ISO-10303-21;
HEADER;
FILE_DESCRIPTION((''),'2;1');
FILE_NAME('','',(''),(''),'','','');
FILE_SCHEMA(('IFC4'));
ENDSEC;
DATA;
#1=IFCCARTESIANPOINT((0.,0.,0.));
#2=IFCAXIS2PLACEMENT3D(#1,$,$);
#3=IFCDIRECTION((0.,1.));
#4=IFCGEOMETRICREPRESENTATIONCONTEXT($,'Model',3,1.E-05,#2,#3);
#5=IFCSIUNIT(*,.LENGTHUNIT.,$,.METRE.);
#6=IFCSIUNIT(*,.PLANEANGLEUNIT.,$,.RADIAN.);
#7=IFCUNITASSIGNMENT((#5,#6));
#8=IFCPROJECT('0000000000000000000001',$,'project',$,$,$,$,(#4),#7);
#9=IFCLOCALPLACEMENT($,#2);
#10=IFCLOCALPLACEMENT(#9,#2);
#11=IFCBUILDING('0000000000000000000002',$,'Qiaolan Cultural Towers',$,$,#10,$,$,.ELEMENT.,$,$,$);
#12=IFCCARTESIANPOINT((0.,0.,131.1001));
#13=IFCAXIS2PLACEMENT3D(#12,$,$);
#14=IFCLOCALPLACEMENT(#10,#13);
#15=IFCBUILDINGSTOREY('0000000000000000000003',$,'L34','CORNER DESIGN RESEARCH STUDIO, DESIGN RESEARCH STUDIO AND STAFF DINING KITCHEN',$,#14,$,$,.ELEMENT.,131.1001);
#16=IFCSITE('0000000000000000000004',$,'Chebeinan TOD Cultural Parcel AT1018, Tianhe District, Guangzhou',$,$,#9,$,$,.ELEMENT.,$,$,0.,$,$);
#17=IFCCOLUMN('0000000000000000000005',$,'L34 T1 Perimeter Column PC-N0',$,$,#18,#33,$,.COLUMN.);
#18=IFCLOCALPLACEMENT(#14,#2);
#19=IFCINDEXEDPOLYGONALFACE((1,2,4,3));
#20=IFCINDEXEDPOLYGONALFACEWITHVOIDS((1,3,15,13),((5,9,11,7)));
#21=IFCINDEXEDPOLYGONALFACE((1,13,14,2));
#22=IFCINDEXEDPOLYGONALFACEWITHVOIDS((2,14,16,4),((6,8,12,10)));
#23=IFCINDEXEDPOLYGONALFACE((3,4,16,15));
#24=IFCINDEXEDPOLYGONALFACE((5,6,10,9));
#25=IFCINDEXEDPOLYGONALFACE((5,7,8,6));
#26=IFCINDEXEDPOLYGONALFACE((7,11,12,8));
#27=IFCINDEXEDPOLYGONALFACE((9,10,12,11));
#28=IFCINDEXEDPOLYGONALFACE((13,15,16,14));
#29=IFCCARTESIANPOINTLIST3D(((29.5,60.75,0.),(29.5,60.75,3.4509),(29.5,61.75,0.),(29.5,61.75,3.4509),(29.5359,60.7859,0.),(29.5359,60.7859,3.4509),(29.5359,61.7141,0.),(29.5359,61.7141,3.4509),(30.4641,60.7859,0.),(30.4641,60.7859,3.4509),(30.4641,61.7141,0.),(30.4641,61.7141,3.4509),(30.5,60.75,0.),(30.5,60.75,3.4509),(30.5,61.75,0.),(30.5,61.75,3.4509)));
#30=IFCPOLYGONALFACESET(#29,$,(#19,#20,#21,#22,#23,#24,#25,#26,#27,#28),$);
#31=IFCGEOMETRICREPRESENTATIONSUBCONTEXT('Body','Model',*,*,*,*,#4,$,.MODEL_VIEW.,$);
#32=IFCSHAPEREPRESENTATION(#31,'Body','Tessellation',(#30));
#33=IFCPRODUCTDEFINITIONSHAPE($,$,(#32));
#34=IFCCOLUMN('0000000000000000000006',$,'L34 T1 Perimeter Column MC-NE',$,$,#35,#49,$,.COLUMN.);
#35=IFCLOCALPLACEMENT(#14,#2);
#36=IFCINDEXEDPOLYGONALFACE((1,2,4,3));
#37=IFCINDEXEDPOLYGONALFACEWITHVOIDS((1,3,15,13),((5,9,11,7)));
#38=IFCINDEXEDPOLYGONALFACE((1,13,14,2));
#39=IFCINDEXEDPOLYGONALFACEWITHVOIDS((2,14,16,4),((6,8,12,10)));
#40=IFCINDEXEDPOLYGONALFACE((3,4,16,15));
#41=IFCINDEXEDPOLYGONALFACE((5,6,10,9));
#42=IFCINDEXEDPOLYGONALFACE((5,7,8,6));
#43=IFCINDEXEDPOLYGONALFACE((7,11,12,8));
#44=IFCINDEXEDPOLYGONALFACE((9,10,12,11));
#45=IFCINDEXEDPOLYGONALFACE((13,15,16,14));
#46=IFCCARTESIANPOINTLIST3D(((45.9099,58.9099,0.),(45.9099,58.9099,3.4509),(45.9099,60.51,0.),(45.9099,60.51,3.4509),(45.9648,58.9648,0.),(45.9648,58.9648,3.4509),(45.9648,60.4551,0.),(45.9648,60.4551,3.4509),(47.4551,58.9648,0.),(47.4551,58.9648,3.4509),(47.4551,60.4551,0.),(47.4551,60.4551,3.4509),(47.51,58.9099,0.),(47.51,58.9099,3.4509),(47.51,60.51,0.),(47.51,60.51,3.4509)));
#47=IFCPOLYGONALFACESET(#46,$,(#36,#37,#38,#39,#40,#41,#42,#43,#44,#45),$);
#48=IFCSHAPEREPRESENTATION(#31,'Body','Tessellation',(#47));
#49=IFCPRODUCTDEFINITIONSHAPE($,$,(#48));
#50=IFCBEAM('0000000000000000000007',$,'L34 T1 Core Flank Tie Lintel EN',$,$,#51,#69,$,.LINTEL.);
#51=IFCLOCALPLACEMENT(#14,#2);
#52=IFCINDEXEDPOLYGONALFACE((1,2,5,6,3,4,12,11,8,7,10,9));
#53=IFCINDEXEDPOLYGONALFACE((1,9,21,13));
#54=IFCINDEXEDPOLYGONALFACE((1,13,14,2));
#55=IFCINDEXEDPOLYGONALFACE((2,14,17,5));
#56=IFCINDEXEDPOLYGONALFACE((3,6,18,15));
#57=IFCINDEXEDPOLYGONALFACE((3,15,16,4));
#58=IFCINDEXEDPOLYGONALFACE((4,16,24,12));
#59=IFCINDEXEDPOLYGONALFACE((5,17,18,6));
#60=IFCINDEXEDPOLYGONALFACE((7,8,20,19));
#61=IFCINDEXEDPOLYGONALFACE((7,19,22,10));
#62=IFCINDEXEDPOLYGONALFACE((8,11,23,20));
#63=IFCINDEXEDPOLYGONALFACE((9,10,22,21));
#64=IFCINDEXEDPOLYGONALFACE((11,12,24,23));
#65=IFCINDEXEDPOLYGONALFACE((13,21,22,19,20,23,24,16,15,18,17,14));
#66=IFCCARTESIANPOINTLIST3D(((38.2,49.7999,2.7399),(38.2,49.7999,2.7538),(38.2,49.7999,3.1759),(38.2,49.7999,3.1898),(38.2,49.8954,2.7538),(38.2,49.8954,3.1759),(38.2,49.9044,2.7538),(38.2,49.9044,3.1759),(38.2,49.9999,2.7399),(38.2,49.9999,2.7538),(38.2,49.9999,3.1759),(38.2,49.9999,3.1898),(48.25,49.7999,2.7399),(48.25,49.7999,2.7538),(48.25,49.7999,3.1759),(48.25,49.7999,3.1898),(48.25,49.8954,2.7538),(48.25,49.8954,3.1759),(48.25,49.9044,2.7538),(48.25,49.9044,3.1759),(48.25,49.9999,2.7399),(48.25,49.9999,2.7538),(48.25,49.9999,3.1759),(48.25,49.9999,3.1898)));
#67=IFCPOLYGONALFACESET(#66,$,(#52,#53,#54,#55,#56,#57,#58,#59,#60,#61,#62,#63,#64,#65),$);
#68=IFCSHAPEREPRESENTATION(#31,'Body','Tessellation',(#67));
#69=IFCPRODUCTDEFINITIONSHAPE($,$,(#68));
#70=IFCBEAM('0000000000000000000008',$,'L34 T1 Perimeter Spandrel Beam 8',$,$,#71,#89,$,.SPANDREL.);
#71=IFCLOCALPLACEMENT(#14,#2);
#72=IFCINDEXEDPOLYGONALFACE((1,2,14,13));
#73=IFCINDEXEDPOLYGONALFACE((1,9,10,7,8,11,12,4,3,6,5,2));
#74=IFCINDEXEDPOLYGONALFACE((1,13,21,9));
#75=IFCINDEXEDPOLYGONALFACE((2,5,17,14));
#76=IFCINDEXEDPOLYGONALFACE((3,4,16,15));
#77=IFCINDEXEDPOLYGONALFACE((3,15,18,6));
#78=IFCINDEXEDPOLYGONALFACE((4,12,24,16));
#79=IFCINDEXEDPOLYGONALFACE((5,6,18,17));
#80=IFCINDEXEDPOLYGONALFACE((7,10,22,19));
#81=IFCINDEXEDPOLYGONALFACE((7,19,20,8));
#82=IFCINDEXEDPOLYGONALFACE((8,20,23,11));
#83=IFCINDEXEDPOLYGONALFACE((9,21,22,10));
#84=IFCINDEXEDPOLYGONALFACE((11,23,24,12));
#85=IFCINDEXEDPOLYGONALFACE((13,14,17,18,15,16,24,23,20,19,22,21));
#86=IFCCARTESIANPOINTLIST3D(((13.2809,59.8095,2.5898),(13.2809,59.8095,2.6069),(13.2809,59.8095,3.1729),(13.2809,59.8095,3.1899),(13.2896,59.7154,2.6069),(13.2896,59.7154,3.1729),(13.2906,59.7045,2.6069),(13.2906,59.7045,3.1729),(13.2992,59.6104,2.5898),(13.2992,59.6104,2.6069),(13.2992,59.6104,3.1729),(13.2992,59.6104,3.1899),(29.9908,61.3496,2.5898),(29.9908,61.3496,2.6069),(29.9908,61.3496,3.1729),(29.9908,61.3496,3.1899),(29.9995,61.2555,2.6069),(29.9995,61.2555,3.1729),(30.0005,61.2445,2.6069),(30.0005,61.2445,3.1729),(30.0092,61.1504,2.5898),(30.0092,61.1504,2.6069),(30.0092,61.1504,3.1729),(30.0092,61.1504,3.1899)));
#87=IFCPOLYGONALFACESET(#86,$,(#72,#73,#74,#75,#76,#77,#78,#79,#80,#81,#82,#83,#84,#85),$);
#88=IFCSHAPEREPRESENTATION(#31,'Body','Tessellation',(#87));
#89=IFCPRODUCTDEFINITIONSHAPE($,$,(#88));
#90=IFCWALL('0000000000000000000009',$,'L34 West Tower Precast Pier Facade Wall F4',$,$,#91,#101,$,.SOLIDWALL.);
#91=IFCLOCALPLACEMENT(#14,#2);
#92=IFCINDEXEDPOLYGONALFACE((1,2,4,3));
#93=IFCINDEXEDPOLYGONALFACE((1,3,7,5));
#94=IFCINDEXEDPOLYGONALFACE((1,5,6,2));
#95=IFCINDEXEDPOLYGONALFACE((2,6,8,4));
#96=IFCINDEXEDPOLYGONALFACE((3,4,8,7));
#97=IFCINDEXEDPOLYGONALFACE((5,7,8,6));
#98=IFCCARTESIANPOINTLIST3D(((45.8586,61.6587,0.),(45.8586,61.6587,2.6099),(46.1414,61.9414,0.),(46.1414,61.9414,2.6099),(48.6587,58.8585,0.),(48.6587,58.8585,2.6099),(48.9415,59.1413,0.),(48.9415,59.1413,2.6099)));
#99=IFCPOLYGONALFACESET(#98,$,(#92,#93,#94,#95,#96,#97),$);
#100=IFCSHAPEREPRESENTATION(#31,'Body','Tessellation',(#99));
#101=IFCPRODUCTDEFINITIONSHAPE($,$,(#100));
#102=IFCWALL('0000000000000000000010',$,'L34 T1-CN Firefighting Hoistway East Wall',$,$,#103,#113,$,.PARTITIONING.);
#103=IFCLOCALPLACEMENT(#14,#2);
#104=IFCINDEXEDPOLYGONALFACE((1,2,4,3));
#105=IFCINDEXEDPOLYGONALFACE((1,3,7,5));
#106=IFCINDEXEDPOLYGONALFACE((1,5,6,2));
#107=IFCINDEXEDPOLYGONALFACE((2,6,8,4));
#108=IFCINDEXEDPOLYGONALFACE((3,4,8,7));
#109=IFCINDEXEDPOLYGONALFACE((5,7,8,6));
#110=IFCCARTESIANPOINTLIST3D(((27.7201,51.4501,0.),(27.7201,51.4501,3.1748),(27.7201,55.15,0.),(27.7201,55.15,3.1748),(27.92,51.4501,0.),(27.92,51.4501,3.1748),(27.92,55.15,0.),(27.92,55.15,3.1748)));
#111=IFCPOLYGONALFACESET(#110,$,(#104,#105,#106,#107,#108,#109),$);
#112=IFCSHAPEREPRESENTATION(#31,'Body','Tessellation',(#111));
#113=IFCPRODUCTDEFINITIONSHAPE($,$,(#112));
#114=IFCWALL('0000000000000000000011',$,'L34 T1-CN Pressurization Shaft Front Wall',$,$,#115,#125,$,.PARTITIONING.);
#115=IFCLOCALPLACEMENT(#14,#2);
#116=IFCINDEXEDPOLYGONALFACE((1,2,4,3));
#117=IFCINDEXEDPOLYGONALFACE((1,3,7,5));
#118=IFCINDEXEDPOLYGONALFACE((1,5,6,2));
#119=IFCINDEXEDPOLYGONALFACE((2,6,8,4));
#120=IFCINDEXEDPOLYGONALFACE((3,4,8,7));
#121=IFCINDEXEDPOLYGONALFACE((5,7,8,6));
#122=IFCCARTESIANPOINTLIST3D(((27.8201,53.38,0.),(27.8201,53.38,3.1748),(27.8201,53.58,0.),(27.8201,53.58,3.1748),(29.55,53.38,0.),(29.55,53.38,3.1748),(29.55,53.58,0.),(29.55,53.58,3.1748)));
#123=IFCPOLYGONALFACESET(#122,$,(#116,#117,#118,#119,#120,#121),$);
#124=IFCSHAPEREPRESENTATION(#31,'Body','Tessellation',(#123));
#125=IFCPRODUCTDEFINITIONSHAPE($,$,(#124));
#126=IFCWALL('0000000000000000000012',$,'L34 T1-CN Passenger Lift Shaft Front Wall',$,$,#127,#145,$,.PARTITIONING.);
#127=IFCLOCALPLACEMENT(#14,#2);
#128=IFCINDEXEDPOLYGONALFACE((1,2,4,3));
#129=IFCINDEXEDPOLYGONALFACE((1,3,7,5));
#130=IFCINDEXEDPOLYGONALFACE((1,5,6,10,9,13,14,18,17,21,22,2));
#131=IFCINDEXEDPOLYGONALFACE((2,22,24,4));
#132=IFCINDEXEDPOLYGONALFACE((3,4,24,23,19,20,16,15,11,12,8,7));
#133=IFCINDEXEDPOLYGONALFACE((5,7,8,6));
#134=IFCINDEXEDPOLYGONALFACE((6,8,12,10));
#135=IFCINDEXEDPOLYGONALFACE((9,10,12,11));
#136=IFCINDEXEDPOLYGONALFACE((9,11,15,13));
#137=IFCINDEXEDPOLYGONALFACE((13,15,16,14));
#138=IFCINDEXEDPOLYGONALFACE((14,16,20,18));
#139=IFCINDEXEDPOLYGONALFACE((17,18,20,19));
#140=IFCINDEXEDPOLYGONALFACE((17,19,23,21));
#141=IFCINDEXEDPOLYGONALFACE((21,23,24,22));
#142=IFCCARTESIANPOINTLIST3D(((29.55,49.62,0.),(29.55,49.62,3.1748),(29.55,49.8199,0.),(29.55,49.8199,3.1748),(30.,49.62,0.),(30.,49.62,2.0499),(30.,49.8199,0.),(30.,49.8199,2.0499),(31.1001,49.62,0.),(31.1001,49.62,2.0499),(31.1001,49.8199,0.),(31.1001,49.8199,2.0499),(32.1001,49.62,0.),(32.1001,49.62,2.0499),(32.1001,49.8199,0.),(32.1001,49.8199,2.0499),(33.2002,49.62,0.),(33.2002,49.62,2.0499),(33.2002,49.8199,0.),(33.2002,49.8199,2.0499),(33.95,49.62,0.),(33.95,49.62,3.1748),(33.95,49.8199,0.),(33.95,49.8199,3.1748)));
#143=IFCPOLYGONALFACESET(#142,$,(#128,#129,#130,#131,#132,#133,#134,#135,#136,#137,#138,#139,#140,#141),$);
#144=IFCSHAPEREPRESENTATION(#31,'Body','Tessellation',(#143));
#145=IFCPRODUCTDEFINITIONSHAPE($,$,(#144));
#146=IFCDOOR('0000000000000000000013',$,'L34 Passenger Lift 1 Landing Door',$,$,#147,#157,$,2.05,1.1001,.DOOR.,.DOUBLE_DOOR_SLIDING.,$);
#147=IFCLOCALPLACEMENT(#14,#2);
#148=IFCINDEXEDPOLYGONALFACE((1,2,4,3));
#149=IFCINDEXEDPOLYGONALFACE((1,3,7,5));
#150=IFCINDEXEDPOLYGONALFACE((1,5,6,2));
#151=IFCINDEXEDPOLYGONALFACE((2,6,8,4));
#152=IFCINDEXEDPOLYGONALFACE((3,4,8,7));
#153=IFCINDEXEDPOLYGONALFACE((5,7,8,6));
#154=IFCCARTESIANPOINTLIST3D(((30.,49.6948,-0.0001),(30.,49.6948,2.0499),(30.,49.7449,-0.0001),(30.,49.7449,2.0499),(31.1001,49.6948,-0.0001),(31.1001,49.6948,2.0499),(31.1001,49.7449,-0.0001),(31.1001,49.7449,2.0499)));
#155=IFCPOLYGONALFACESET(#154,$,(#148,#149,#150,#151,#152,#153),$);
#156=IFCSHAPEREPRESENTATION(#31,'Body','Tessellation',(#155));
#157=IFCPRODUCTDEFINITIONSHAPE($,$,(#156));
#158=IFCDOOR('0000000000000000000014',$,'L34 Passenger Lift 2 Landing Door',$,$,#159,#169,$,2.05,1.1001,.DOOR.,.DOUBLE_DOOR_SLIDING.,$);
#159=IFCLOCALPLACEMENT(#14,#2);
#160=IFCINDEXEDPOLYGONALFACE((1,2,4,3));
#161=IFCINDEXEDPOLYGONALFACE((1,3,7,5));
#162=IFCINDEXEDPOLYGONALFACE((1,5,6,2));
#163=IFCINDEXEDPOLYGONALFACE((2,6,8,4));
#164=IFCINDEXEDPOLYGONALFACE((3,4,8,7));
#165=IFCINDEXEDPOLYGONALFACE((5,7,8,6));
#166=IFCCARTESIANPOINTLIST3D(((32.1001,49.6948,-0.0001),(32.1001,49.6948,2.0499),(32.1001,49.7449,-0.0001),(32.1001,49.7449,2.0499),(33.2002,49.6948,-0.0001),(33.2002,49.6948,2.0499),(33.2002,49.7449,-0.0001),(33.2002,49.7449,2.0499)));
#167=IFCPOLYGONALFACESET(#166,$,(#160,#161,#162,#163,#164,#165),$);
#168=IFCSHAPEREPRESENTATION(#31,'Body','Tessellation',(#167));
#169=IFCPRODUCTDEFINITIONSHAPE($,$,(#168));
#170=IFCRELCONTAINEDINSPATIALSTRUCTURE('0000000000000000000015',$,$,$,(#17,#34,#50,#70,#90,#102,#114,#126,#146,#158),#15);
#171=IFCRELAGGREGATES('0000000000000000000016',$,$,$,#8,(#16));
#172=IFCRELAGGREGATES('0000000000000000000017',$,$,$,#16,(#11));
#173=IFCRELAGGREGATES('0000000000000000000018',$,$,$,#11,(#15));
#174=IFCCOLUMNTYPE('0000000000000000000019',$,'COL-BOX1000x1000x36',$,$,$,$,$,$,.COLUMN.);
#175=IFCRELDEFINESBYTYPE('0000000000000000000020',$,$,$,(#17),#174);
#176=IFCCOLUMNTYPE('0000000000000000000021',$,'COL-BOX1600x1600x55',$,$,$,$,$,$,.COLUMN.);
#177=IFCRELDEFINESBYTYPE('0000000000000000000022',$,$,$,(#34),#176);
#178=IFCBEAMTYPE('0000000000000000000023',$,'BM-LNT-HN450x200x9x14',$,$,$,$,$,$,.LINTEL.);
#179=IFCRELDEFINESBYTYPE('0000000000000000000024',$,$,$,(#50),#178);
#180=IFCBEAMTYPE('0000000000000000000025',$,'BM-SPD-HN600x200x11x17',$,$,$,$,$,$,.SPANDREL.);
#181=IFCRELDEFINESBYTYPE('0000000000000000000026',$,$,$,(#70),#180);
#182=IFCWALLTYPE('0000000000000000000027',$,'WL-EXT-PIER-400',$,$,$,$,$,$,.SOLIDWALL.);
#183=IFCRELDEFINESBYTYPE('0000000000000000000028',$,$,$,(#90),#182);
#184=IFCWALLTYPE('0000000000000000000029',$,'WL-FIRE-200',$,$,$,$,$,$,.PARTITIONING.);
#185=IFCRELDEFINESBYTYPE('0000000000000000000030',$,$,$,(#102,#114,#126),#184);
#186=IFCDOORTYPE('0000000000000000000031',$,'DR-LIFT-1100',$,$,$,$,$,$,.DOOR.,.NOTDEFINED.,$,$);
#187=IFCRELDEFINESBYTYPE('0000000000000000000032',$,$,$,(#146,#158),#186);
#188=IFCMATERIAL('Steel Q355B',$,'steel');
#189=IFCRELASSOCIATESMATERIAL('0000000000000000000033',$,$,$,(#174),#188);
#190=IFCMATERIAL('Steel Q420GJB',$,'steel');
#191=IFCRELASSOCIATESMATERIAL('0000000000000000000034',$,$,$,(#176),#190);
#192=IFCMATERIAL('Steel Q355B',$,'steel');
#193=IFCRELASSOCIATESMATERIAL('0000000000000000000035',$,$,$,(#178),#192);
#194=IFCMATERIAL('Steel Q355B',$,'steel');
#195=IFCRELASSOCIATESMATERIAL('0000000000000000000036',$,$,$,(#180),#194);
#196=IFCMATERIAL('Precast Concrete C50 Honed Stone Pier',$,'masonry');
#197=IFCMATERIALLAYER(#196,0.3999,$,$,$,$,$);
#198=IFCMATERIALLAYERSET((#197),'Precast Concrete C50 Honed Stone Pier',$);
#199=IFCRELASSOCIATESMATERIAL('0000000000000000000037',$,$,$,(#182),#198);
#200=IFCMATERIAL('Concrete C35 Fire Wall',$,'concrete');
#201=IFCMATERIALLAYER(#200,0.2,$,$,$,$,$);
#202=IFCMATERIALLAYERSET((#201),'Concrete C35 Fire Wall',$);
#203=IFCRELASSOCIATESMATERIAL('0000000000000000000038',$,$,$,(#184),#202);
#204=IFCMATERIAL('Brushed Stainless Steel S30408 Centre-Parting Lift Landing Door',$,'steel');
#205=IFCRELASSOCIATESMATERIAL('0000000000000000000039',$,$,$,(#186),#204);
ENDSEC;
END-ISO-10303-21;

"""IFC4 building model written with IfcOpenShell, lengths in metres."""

from ifc_helpers import new_model, si_unit, direction, frame, frame_2d, origin, origin_2d, place, context, subcontext, project, spatial, rectangle, hollow_rectangle, i_section, extrude, material, layer, layer_set, material_profile, profile_set, type_object, element, fill, save


model = new_model("IFC4")

# Units and contexts
model_context = context("Model", 3, precision=1e-05, world=origin(), true_north=direction((0.0, 1.0)))
body_context = subcontext(model_context, "Body", "Model", "MODEL_VIEW")
ifc_project = project(units=[si_unit("LENGTHUNIT", "METRE"), si_unit("PLANEANGLEUNIT", "RADIAN")], contexts=[model_context])

# Site, building, storey
site_placement = place(None, origin())
site = spatial("IfcSite", under=ifc_project, at=site_placement, Name="Chebeinan TOD Cultural Parcel AT1018, Tianhe District, Guangzhou", CompositionType="ELEMENT", RefElevation=0.0)
building_placement = place(site_placement, origin())
building = spatial("IfcBuilding", under=site, at=building_placement, Name="Qiaolan Cultural Towers", CompositionType="ELEMENT")
storey_placement = place(building_placement, frame((0.0, 0.0, 131.1001)))
storey = spatial("IfcBuildingStorey", under=building, at=storey_placement, Name="L34", Description="CORNER DESIGN RESEARCH STUDIO, DESIGN RESEARCH STUDIO AND STAFF DINING KITCHEN", CompositionType="ELEMENT", Elevation=131.1001)

# Columns
ifc_material_1 = material(Name="Steel Q355B", Category="steel")
ifc_material_profile_1 = material_profile(ifc_material_1, hollow_rectangle(XDim=1.0, YDim=1.0, WallThickness=0.0359, at=origin_2d()), Name="BOX1000x1000x36")
ifc_profile_set_1 = profile_set([ifc_material_profile_1], Name="Steel Q355B")
column_type_1 = type_object("IfcColumnType", Name="COL-BOX1000x1000x36", PredefinedType="COLUMN", material=ifc_profile_set_1)
column_1_placement = place(storey_placement, frame((30.0, 61.25, 0.0), z_axis=(0.0, 0.0, 1.0), x_axis=(1.0, 0.0, 0.0)))
element("IfcColumn", 1, at=column_1_placement, inside=storey, type_object=column_type_1, Name="L34 T1 Perimeter Column PC-N0", PredefinedType="COLUMN", context=body_context, shape_type="SweptSolid", body=[
    extrude(hollow_rectangle(XDim=1.0, YDim=1.0, WallThickness=0.0359, at=origin_2d()), origin(), (0.0, 0.0, 1.0), 3.4509),
])
ifc_material_2 = material(Name="Steel Q420GJB", Category="steel")
ifc_material_profile_2 = material_profile(ifc_material_2, hollow_rectangle(XDim=1.6001, YDim=1.6001, WallThickness=0.0549, at=origin_2d()), Name="BOX1600x1600x55")
ifc_profile_set_2 = profile_set([ifc_material_profile_2], Name="Steel Q420GJB")
column_type_2 = type_object("IfcColumnType", Name="COL-BOX1600x1600x55", PredefinedType="COLUMN", material=ifc_profile_set_2)
column_2_placement = place(storey_placement, frame((46.71, 59.71, 0.0), z_axis=(0.0, 0.0, 1.0), x_axis=(1.0, 0.0, 0.0)))
element("IfcColumn", 2, at=column_2_placement, inside=storey, type_object=column_type_2, Name="L34 T1 Perimeter Column MC-NE", PredefinedType="COLUMN", context=body_context, shape_type="SweptSolid", body=[
    extrude(hollow_rectangle(XDim=1.6001, YDim=1.6001, WallThickness=0.0549, at=origin_2d()), origin(), (0.0, 0.0, 1.0), 3.4509),
])

# Beams
ifc_material_3 = material(Name="Steel Q355B", Category="steel")
ifc_material_profile_3 = material_profile(ifc_material_3, i_section(OverallWidth=0.2, OverallDepth=0.45, WebThickness=0.009, FlangeThickness=0.0139, at=origin_2d()), Name="HN450x200x9x14")
ifc_profile_set_3 = profile_set([ifc_material_profile_3], Name="Steel Q355B")
beam_type_1 = type_object("IfcBeamType", Name="BM-LNT-HN450x200x9x14", PredefinedType="LINTEL", material=ifc_profile_set_3)
beam_1_placement = place(storey_placement, frame((38.2, 49.8999, 2.9648), z_axis=(1.0, 0.0, 0.0), x_axis=(0.0, 1.0, 0.0)))
element("IfcBeam", 3, at=beam_1_placement, inside=storey, type_object=beam_type_1, Name="L34 T1 Core Flank Tie Lintel EN", PredefinedType="LINTEL", context=body_context, shape_type="SweptSolid", body=[
    extrude(i_section(OverallWidth=0.2, OverallDepth=0.45, WebThickness=0.009, FlangeThickness=0.0139, at=origin_2d()), origin(), (0.0, 0.0, 1.0), 10.05),
])
ifc_material_4 = material(Name="Steel Q355B", Category="steel")
ifc_material_profile_4 = material_profile(ifc_material_4, i_section(OverallWidth=0.2, OverallDepth=0.6001, WebThickness=0.011, FlangeThickness=0.0171, at=origin_2d()), Name="HN600x200x11x17")
ifc_profile_set_4 = profile_set([ifc_material_profile_4], Name="Steel Q355B")
beam_type_2 = type_object("IfcBeamType", Name="BM-SPD-HN600x200x11x17", PredefinedType="SPANDREL", material=ifc_profile_set_4)
beam_2_placement = place(storey_placement, frame((30.0, 61.25, 2.8899), z_axis=(-0.99578, -0.091774, 0.0), x_axis=(0.091774, -0.99578, 0.0)))
element("IfcBeam", 4, at=beam_2_placement, inside=storey, type_object=beam_type_2, Name="L34 T1 Perimeter Spandrel Beam 8", PredefinedType="SPANDREL", context=body_context, shape_type="SweptSolid", body=[
    extrude(i_section(OverallWidth=0.2, OverallDepth=0.6001, WebThickness=0.011, FlangeThickness=0.0171, at=origin_2d()), origin(), (0.0, 0.0, 1.0), 16.7808),
])

# Walls
ifc_material_5 = material(Name="Precast Concrete C50 Honed Stone Pier", Category="masonry")
ifc_layer_1 = layer(ifc_material_5, 0.3999)
ifc_layer_set_1 = layer_set([ifc_layer_1], Name="Precast Concrete C50 Honed Stone Pier")
wall_type_1 = type_object("IfcWallType", Name="WL-EXT-PIER-400", PredefinedType="SOLIDWALL", material=ifc_layer_set_1)
wall_1_placement = place(storey_placement, frame((46.0, 61.8, 0.0), z_axis=(0.0, 0.0, 1.0), x_axis=(0.707107, -0.707107, 0.0)))
element("IfcWall", 5, at=wall_1_placement, inside=storey, type_object=wall_type_1, Name="L34 West Tower Precast Pier Facade Wall F4", PredefinedType="SOLIDWALL", context=body_context, shape_type="SweptSolid", body=[
    extrude(rectangle(XDim=3.96, YDim=0.3999, at=frame_2d((1.98, 0.0))), origin(), (0.0, 0.0, 1.0), 2.6099),
])
ifc_material_6 = material(Name="Concrete C35 Fire Wall", Category="concrete")
ifc_layer_2 = layer(ifc_material_6, 0.2)
ifc_layer_set_2 = layer_set([ifc_layer_2], Name="Concrete C35 Fire Wall")
wall_type_2 = type_object("IfcWallType", Name="WL-FIRE-200", PredefinedType="PARTITIONING", material=ifc_layer_set_2)
wall_2_placement = place(storey_placement, frame((27.8201, 51.45, 0.0), z_axis=(0.0, 0.0, 1.0), x_axis=(0.0, 1.0, 0.0)))
element("IfcWall", 6, at=wall_2_placement, inside=storey, type_object=wall_type_2, Name="L34 T1-CN Firefighting Hoistway East Wall", PredefinedType="PARTITIONING", context=body_context, shape_type="SweptSolid", body=[
    extrude(rectangle(XDim=3.7, YDim=0.2, at=frame_2d((1.8501, 0.0))), origin(), (0.0, 0.0, 1.0), 3.1748),
])
wall_3_placement = place(storey_placement, frame((27.8201, 53.48, 0.0), z_axis=(0.0, 0.0, 1.0), x_axis=(1.0, 0.0, 0.0)))
element("IfcWall", 7, at=wall_3_placement, inside=storey, type_object=wall_type_2, Name="L34 T1-CN Pressurization Shaft Front Wall", PredefinedType="PARTITIONING", context=body_context, shape_type="SweptSolid", body=[
    extrude(rectangle(XDim=1.73, YDim=0.2, at=frame_2d((0.865, 0.0))), origin(), (0.0, 0.0, 1.0), 3.1748),
])

# Wall, openings, doors
wall_4_placement = place(storey_placement, frame((29.55, 49.72, 0.0), z_axis=(0.0, 0.0, 1.0), x_axis=(1.0, 0.0, 0.0)))
wall_4 = element("IfcWall", 8, at=wall_4_placement, inside=storey, type_object=wall_type_2, Name="L34 T1-CN Passenger Lift Shaft Front Wall", PredefinedType="PARTITIONING", context=body_context, shape_type="SweptSolid", body=[
    extrude(rectangle(XDim=4.3999, YDim=0.2, at=frame_2d((2.2, 0.0))), origin(), (0.0, 0.0, 1.0), 3.1748),
])
opening_1_placement = place(wall_4_placement, frame((0.45, 0.0, 0.0)))
opening_1 = element("IfcOpeningElement", 9, at=opening_1_placement, cuts=wall_4, PredefinedType="OPENING", context=body_context, shape_type="SweptSolid", body=[
    extrude(rectangle(XDim=1.1001, YDim=2.05, at=frame_2d((0.55, 1.0249))), frame((0.0, 0.1099, 0.0), z_axis=(0.0, -1.0, 0.0), x_axis=(1.0, 0.0, 0.0)), (0.0, 0.0, 1.0), 0.22),
])
opening_2_placement = place(wall_4_placement, frame((2.55, 0.0, 0.0)))
opening_2 = element("IfcOpeningElement", 10, at=opening_2_placement, cuts=wall_4, PredefinedType="OPENING", context=body_context, shape_type="SweptSolid", body=[
    extrude(rectangle(XDim=1.1001, YDim=2.05, at=frame_2d((0.55, 1.0249))), frame((0.0, 0.1099, 0.0), z_axis=(0.0, -1.0, 0.0), x_axis=(1.0, 0.0, 0.0)), (0.0, 0.0, 1.0), 0.22),
])
ifc_material_7 = material(Name="Brushed Stainless Steel S30408 Centre-Parting Lift Landing Door", Category="steel")
door_type = type_object("IfcDoorType", Name="DR-LIFT-1100", OperationType="NOTDEFINED", PredefinedType="DOOR", material=ifc_material_7)
door_1_placement = place(opening_1_placement, origin())
door_1 = element("IfcDoor", 11, at=door_1_placement, inside=storey, type_object=door_type, Name="L34 Passenger Lift 1 Landing Door", OperationType="DOUBLE_DOOR_SLIDING", OverallHeight=2.05, OverallWidth=1.1001, PredefinedType="DOOR", context=body_context, shape_type="SweptSolid", body=[
    extrude(rectangle(XDim=1.1001, YDim=2.05, at=frame_2d((0.55, 1.0249))), frame((0.0, 0.0249, 0.0), z_axis=(0.0, -1.0, 0.0), x_axis=(1.0, 0.0, 0.0)), (0.0, 0.0, 1.0), 0.05),
])
fill(opening_1, door_1)
door_2_placement = place(opening_2_placement, origin())
door_2 = element("IfcDoor", 12, at=door_2_placement, inside=storey, type_object=door_type, Name="L34 Passenger Lift 2 Landing Door", OperationType="DOUBLE_DOOR_SLIDING", OverallHeight=2.05, OverallWidth=1.1001, PredefinedType="DOOR", context=body_context, shape_type="SweptSolid", body=[
    extrude(rectangle(XDim=1.1001, YDim=2.05, at=frame_2d((0.55, 1.0249))), frame((0.0, 0.0249, 0.0), z_axis=(0.0, -1.0, 0.0), x_axis=(1.0, 0.0, 0.0)), (0.0, 0.0, 1.0), 0.05),
])
fill(opening_2, door_2)

save(model, "model.ifc")
